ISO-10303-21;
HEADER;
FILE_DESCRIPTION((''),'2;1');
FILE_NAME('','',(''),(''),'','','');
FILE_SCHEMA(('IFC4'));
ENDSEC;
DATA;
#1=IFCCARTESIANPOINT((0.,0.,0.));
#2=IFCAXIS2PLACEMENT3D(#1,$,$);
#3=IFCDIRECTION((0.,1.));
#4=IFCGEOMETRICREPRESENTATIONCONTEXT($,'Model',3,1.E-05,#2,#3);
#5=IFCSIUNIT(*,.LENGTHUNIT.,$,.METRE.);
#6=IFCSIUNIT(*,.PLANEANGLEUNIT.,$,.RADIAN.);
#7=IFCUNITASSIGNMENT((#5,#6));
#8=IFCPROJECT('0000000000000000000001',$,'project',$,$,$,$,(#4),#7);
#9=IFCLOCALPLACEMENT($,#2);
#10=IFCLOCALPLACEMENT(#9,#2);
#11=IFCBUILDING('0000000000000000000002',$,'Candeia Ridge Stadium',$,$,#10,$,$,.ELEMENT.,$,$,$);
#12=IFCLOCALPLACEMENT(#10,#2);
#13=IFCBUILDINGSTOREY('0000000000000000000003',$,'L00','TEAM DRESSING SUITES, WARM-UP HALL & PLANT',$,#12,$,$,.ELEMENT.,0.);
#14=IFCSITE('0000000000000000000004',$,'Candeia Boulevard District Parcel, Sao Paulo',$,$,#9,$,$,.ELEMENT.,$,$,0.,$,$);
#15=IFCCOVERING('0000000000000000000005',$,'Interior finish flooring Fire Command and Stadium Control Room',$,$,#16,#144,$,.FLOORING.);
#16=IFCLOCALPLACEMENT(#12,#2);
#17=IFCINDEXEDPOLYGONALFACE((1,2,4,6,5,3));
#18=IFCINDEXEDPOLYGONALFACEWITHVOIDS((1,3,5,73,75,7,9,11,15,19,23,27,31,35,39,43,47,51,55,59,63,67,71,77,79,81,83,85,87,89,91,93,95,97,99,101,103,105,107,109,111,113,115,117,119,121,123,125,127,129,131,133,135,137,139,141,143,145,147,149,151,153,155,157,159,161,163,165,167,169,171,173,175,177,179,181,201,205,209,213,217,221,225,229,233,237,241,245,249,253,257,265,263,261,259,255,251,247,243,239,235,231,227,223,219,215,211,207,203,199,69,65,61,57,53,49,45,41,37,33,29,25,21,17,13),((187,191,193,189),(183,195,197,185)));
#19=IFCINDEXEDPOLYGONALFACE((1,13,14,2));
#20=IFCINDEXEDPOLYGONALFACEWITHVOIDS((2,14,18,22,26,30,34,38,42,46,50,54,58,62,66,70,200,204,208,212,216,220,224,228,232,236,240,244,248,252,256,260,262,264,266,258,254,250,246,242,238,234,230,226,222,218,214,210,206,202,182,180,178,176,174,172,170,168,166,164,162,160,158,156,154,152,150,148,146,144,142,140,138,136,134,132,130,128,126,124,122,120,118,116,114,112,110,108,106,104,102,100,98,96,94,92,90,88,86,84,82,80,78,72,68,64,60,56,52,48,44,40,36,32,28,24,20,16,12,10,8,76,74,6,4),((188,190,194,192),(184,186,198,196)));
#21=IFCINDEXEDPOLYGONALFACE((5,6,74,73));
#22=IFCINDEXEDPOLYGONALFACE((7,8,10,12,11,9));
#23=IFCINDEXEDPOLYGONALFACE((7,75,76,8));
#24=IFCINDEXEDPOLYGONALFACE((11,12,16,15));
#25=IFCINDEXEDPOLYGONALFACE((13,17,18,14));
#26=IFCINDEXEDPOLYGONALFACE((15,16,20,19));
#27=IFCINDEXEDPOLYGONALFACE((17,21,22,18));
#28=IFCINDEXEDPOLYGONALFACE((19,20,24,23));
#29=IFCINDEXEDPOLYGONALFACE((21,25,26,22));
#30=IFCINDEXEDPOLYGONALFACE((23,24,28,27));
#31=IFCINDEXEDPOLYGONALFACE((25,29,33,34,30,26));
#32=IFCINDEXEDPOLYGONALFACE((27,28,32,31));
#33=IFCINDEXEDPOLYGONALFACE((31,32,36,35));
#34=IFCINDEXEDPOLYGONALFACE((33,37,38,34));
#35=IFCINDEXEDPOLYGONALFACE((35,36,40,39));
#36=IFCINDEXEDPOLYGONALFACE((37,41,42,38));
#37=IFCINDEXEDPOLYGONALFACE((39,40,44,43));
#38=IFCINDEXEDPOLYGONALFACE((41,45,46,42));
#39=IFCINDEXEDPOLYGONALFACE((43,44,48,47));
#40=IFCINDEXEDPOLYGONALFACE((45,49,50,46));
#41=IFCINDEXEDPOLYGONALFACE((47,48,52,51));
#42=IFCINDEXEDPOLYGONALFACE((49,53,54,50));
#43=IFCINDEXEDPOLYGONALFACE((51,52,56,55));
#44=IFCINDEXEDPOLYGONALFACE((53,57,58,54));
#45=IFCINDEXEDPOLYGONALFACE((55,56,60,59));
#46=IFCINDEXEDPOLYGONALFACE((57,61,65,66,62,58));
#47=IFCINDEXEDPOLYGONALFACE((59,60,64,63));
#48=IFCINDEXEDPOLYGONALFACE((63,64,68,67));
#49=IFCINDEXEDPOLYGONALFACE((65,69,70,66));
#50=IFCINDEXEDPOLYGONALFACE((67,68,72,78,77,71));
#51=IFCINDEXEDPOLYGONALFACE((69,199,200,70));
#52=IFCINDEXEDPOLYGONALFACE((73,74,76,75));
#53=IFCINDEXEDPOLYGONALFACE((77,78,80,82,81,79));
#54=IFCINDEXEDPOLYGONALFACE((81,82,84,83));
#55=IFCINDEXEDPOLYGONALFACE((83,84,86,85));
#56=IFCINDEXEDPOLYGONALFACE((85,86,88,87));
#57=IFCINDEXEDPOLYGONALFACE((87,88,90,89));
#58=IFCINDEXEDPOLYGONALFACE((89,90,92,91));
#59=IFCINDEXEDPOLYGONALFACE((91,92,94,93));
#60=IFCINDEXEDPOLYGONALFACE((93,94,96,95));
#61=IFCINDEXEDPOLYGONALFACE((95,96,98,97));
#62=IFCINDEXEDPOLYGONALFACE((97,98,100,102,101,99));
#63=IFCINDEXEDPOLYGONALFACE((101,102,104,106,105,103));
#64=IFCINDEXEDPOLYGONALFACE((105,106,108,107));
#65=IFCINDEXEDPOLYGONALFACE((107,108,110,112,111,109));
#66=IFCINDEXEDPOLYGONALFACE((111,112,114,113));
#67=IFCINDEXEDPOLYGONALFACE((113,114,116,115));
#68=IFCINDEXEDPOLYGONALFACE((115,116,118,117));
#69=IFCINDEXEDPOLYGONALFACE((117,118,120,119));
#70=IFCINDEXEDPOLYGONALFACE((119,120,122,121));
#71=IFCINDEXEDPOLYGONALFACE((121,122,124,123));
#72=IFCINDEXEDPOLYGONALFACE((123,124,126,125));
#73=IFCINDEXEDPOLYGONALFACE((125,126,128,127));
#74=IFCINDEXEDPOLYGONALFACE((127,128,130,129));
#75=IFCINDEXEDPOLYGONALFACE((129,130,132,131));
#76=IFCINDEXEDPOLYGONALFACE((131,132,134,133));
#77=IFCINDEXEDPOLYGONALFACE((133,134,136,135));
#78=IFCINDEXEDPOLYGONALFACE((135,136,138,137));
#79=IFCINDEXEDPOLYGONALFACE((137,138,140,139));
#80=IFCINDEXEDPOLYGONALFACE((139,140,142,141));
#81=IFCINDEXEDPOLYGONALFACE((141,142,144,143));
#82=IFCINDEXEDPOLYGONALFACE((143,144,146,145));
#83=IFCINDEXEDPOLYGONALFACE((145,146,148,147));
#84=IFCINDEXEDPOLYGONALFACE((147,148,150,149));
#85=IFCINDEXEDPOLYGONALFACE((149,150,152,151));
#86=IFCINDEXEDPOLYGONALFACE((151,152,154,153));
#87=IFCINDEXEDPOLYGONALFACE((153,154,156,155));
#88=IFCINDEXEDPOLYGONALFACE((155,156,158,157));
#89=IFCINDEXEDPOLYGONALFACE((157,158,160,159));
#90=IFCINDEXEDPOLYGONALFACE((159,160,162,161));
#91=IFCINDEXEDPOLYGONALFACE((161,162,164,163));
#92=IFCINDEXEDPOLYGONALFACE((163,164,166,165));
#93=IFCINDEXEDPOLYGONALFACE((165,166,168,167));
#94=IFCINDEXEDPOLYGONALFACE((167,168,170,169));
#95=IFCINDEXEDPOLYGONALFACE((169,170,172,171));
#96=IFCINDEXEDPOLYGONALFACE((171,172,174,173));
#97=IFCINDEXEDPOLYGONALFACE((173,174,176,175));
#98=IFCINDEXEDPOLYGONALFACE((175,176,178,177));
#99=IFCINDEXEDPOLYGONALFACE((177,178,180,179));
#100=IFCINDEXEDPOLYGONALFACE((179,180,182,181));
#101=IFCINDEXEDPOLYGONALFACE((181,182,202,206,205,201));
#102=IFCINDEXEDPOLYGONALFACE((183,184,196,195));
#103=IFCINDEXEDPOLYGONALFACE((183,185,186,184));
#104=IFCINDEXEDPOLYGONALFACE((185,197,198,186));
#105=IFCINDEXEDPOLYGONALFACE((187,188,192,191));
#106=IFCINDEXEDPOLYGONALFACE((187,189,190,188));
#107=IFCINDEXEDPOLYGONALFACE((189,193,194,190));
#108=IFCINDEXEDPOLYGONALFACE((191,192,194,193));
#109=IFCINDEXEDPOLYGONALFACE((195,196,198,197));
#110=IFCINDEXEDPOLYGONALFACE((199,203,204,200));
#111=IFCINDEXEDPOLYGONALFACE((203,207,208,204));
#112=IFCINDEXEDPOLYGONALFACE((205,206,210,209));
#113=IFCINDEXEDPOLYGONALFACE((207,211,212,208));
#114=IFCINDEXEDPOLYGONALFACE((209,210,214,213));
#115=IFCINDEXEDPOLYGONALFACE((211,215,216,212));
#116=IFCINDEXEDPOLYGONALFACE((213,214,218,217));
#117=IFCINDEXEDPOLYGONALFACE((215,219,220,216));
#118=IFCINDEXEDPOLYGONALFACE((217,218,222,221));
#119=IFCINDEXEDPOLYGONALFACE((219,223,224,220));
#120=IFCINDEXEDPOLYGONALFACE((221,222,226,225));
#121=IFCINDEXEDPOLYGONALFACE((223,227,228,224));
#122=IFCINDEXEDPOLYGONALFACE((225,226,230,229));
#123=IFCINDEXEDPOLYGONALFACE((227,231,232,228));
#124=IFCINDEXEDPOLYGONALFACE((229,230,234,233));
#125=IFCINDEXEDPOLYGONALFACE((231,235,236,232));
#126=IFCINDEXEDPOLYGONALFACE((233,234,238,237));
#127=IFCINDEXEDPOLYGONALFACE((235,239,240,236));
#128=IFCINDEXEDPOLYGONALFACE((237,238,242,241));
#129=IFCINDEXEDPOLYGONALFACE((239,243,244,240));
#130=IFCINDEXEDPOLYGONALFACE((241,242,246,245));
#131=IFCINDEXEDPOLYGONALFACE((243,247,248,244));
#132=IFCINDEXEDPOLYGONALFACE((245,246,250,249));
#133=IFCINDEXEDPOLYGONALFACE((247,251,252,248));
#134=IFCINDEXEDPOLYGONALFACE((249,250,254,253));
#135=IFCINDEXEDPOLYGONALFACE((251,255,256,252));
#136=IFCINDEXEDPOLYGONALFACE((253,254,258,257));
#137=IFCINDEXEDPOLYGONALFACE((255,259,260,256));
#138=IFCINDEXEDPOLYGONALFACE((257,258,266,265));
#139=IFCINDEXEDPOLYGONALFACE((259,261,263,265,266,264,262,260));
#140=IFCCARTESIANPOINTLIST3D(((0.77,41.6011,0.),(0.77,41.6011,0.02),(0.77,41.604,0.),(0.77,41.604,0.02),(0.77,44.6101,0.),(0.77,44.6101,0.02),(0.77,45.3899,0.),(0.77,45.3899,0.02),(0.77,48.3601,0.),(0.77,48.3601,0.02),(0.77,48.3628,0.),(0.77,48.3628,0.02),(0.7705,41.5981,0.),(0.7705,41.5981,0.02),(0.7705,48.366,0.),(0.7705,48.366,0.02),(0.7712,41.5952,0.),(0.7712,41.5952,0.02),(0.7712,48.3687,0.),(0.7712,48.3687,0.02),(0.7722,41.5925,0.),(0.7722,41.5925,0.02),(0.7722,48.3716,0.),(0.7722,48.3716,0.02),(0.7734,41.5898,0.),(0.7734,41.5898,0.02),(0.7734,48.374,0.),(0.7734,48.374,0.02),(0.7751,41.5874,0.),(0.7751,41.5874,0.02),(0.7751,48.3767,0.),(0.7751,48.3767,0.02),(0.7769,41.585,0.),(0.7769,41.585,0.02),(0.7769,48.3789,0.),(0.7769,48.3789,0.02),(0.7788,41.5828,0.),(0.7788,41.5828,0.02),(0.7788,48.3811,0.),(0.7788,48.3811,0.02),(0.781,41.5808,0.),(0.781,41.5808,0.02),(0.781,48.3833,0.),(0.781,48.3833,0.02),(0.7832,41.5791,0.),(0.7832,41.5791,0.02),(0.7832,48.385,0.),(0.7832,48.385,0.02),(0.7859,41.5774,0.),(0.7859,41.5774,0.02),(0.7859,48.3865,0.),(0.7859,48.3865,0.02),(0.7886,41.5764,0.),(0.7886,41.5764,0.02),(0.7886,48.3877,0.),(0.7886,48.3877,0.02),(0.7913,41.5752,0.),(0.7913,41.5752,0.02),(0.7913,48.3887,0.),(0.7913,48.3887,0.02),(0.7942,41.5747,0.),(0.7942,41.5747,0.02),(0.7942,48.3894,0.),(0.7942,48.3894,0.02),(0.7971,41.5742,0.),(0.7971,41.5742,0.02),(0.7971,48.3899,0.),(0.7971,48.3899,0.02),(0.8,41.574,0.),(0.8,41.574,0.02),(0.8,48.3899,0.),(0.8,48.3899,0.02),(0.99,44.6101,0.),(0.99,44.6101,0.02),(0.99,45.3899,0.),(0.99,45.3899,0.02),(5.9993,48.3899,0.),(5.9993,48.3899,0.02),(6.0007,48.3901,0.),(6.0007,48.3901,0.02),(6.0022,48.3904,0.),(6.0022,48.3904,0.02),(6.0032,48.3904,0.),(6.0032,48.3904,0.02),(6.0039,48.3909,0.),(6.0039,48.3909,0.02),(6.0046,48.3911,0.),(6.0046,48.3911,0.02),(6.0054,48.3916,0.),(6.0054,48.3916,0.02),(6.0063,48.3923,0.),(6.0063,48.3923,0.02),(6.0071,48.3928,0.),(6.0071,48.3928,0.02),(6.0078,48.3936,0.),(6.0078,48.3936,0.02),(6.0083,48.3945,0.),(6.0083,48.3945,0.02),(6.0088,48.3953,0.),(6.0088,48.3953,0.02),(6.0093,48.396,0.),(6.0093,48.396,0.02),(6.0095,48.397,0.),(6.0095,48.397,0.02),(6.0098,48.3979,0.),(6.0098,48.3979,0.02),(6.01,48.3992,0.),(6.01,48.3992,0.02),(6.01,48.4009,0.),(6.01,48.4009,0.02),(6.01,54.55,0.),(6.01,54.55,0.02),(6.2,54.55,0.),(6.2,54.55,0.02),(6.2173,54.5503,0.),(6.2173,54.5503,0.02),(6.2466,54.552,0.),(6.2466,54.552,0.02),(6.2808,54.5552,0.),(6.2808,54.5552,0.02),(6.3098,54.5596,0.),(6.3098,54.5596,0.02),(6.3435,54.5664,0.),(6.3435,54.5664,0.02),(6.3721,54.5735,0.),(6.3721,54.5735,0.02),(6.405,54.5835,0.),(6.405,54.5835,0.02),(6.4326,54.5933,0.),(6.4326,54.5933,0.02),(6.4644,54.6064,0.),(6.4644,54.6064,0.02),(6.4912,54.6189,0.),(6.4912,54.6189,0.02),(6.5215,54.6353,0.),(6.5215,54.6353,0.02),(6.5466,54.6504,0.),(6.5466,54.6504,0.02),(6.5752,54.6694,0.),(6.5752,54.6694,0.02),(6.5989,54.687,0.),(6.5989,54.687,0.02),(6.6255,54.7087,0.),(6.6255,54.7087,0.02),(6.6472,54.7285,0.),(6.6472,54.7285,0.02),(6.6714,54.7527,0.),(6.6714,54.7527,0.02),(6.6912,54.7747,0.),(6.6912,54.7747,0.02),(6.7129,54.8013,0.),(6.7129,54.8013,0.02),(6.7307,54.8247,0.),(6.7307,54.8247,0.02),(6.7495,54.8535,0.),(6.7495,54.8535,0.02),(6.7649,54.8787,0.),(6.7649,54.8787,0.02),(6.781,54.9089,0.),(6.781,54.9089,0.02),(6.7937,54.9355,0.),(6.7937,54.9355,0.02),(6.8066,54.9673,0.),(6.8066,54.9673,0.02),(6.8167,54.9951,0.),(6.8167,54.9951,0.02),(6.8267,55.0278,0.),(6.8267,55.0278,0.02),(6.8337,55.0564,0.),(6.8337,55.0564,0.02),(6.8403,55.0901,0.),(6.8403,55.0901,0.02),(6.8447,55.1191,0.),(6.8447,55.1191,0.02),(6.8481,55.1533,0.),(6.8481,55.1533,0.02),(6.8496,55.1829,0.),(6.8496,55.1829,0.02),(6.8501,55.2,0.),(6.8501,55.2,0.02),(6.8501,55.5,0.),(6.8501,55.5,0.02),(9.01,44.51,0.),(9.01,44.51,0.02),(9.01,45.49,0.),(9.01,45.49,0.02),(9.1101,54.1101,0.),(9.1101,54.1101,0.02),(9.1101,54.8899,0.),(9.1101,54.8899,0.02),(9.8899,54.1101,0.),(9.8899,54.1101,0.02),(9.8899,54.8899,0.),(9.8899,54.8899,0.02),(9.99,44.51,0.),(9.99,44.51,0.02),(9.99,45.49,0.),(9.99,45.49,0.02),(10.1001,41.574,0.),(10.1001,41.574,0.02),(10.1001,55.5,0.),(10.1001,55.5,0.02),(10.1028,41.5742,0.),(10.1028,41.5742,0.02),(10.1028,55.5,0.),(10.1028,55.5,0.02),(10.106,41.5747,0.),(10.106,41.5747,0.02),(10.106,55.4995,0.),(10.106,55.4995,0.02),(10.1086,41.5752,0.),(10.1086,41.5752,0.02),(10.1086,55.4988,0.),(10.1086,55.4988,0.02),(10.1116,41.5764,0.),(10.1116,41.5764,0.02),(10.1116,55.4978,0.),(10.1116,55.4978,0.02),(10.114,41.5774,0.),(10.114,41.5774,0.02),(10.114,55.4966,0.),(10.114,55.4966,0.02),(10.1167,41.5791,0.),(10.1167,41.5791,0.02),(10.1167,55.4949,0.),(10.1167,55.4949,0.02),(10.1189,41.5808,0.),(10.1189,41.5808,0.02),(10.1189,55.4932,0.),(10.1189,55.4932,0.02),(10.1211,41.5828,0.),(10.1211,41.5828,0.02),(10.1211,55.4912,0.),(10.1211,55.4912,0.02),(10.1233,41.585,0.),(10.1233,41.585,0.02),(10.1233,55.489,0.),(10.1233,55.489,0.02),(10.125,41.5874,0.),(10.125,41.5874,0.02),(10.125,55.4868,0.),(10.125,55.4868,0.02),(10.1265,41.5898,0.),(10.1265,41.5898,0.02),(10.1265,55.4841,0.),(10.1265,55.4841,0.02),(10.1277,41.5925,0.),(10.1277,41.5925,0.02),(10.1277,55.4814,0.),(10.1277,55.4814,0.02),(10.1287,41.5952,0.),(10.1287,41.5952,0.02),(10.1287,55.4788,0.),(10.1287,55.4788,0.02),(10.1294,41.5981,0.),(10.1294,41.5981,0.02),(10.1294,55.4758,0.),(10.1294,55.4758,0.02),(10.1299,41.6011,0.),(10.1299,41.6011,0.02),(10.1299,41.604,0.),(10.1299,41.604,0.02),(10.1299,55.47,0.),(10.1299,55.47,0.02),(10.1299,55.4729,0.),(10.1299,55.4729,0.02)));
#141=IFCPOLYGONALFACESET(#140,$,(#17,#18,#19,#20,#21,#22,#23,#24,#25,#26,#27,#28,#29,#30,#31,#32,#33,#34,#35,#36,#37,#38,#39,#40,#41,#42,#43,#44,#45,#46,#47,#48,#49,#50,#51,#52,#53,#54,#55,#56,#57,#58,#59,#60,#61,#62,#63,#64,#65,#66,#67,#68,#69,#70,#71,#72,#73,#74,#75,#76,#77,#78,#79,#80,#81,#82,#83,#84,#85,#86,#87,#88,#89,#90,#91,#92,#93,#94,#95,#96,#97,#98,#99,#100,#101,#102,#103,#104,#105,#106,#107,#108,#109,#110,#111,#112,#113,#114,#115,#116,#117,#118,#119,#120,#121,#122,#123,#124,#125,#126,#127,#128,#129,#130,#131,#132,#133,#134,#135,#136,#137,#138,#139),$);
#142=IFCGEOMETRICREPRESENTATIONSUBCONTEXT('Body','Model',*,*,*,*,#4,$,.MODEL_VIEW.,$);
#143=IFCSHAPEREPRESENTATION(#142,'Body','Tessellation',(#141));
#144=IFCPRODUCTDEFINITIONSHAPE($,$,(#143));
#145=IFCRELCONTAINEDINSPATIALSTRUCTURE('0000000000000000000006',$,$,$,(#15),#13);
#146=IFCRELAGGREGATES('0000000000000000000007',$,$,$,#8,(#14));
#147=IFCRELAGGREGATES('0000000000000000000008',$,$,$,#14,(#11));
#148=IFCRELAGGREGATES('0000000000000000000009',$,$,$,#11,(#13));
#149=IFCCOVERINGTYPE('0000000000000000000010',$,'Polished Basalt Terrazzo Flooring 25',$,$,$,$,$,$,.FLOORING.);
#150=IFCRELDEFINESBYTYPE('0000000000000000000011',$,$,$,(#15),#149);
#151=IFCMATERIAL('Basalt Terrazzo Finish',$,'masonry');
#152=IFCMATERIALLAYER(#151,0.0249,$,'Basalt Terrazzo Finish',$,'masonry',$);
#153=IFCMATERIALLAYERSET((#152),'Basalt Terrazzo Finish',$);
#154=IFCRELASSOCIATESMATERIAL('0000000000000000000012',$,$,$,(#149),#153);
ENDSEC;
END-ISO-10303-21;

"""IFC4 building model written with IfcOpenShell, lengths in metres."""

from ifc_helpers import new_model, si_unit, direction, origin, place, context, subcontext, project, spatial, polyline, outline, extrude, material, layer, layer_set, type_object, element, save


model = new_model("IFC4")

# Units and contexts
model_context = context("Model", 3, precision=1e-05, world=origin(), true_north=direction((0.0, 1.0)))
body_context = subcontext(model_context, "Body", "Model", "MODEL_VIEW")
ifc_project = project(units=[si_unit("LENGTHUNIT", "METRE"), si_unit("PLANEANGLEUNIT", "RADIAN")], contexts=[model_context])

# Site, building, storey
site_placement = place(None, origin())
site = spatial("IfcSite", under=ifc_project, at=site_placement, Name="Candeia Boulevard District Parcel, Sao Paulo", CompositionType="ELEMENT", RefElevation=0.0)
building_placement = place(site_placement, origin())
building = spatial("IfcBuilding", under=site, at=building_placement, Name="Candeia Ridge Stadium", CompositionType="ELEMENT")
storey_placement = place(building_placement, origin())
storey = spatial("IfcBuildingStorey", under=building, at=storey_placement, Name="L00", Description="TEAM DRESSING SUITES, WARM-UP HALL & PLANT", CompositionType="ELEMENT", Elevation=0.0)

# Covering
ifc_material_1 = material(Name="Basalt Terrazzo Finish", Category="masonry")
ifc_layer_1 = layer(ifc_material_1, 0.0249, Name="Basalt Terrazzo Finish", Category="masonry")
ifc_layer_set_1 = layer_set([ifc_layer_1], Name="Basalt Terrazzo Finish")
covering_type_1 = type_object("IfcCoveringType", Name="Polished Basalt Terrazzo Flooring 25", PredefinedType="FLOORING", material=ifc_layer_set_1)
covering_1_placement = place(storey_placement, origin())
element("IfcCovering", 1, at=covering_1_placement, inside=storey, type_object=covering_type_1, Name="Interior finish flooring Fire Command and Stadium Control Room", PredefinedType="FLOORING", context=body_context, shape_type="SweptSolid", body=[
    extrude(outline(polyline([(10.106, 55.4995), (10.1086, 55.4988), (10.1116, 55.4978), (10.114, 55.4966), (10.1167, 55.4949), (10.1189, 55.4932), (10.1211, 55.4912), (10.1233, 55.489), (10.125, 55.4868), (10.1265, 55.4841), (10.1277, 55.4814), (10.1287, 55.4788), (10.1294, 55.4758), (10.1299, 55.4729), (10.1299, 55.47), (10.1299, 41.604), (10.1299, 41.6011), (10.1294, 41.5981), (10.1287, 41.5952), (10.1277, 41.5925), (10.1265, 41.5898), (10.125, 41.5874), (10.1233, 41.585), (10.1211, 41.5828), (10.1189, 41.5808), (10.1167, 41.5791), (10.114, 41.5774), (10.1116, 41.5764), (10.1086, 41.5752), (10.106, 41.5747), (10.1028, 41.5742), (10.1001, 41.574), (0.8, 41.574), (0.7971, 41.5742), (0.7942, 41.5747), (0.7913, 41.5752), (0.7886, 41.5764), (0.7859, 41.5774), (0.7832, 41.5791), (0.781, 41.5808), (0.7788, 41.5828), (0.7769, 41.585), (0.7751, 41.5874), (0.7734, 41.5898), (0.7722, 41.5925), (0.7712, 41.5952), (0.7705, 41.5981), (0.77, 41.6011), (0.77, 41.604), (0.77, 44.6101), (0.99, 44.6101), (0.99, 45.3899), (0.77, 45.3899), (0.77, 48.3601), (0.77, 48.3628), (0.7705, 48.366), (0.7712, 48.3687), (0.7722, 48.3716), (0.7734, 48.374), (0.7751, 48.3767), (0.7769, 48.3789), (0.7788, 48.3811), (0.781, 48.3833), (0.7832, 48.385), (0.7859, 48.3865), (0.7886, 48.3877), (0.7913, 48.3887), (0.7942, 48.3894), (0.7971, 48.3899), (0.8, 48.3899), (5.9993, 48.3899), (6.0007, 48.3901), (6.0022, 48.3904), (6.0032, 48.3904), (6.0039, 48.3909), (6.0046, 48.3911), (6.0054, 48.3916), (6.0063, 48.3923), (6.0071, 48.3928), (6.0078, 48.3936), (6.0083, 48.3945), (6.0088, 48.3953), (6.0093, 48.396), (6.0095, 48.397), (6.0098, 48.3979), (6.01, 48.3992), (6.01, 48.4009), (6.01, 54.55), (6.2, 54.55), (6.2173, 54.5503), (6.2466, 54.552), (6.2808, 54.5552), (6.3098, 54.5596), (6.3435, 54.5664), (6.3721, 54.5735), (6.405, 54.5835), (6.4326, 54.5933), (6.4644, 54.6064), (6.4912, 54.6189), (6.5215, 54.6353), (6.5466, 54.6504), (6.5752, 54.6694), (6.5989, 54.687), (6.6255, 54.7087), (6.6472, 54.7285), (6.6714, 54.7527), (6.6912, 54.7747), (6.7129, 54.8013), (6.7307, 54.8247), (6.7495, 54.8535), (6.7649, 54.8787), (6.781, 54.9089), (6.7937, 54.9355), (6.8066, 54.9673), (6.8167, 54.9951), (6.8267, 55.0278), (6.8337, 55.0564), (6.8403, 55.0901), (6.8447, 55.1191), (6.8481, 55.1533), (6.8496, 55.1829), (6.8501, 55.2), (6.8501, 55.5), (10.1001, 55.5), (10.1028, 55.5), (10.106, 55.4995)]), holes=[polyline([(9.99, 45.49), (9.01, 45.49), (9.01, 44.51), (9.99, 44.51), (9.99, 45.49)]), polyline([(9.1101, 54.8899), (9.1101, 54.1101), (9.8899, 54.1101), (9.8899, 54.8899), (9.1101, 54.8899)])]), origin(), (0.0, 0.0, 1.0), 0.02),
])

save(model, "model.ifc")
